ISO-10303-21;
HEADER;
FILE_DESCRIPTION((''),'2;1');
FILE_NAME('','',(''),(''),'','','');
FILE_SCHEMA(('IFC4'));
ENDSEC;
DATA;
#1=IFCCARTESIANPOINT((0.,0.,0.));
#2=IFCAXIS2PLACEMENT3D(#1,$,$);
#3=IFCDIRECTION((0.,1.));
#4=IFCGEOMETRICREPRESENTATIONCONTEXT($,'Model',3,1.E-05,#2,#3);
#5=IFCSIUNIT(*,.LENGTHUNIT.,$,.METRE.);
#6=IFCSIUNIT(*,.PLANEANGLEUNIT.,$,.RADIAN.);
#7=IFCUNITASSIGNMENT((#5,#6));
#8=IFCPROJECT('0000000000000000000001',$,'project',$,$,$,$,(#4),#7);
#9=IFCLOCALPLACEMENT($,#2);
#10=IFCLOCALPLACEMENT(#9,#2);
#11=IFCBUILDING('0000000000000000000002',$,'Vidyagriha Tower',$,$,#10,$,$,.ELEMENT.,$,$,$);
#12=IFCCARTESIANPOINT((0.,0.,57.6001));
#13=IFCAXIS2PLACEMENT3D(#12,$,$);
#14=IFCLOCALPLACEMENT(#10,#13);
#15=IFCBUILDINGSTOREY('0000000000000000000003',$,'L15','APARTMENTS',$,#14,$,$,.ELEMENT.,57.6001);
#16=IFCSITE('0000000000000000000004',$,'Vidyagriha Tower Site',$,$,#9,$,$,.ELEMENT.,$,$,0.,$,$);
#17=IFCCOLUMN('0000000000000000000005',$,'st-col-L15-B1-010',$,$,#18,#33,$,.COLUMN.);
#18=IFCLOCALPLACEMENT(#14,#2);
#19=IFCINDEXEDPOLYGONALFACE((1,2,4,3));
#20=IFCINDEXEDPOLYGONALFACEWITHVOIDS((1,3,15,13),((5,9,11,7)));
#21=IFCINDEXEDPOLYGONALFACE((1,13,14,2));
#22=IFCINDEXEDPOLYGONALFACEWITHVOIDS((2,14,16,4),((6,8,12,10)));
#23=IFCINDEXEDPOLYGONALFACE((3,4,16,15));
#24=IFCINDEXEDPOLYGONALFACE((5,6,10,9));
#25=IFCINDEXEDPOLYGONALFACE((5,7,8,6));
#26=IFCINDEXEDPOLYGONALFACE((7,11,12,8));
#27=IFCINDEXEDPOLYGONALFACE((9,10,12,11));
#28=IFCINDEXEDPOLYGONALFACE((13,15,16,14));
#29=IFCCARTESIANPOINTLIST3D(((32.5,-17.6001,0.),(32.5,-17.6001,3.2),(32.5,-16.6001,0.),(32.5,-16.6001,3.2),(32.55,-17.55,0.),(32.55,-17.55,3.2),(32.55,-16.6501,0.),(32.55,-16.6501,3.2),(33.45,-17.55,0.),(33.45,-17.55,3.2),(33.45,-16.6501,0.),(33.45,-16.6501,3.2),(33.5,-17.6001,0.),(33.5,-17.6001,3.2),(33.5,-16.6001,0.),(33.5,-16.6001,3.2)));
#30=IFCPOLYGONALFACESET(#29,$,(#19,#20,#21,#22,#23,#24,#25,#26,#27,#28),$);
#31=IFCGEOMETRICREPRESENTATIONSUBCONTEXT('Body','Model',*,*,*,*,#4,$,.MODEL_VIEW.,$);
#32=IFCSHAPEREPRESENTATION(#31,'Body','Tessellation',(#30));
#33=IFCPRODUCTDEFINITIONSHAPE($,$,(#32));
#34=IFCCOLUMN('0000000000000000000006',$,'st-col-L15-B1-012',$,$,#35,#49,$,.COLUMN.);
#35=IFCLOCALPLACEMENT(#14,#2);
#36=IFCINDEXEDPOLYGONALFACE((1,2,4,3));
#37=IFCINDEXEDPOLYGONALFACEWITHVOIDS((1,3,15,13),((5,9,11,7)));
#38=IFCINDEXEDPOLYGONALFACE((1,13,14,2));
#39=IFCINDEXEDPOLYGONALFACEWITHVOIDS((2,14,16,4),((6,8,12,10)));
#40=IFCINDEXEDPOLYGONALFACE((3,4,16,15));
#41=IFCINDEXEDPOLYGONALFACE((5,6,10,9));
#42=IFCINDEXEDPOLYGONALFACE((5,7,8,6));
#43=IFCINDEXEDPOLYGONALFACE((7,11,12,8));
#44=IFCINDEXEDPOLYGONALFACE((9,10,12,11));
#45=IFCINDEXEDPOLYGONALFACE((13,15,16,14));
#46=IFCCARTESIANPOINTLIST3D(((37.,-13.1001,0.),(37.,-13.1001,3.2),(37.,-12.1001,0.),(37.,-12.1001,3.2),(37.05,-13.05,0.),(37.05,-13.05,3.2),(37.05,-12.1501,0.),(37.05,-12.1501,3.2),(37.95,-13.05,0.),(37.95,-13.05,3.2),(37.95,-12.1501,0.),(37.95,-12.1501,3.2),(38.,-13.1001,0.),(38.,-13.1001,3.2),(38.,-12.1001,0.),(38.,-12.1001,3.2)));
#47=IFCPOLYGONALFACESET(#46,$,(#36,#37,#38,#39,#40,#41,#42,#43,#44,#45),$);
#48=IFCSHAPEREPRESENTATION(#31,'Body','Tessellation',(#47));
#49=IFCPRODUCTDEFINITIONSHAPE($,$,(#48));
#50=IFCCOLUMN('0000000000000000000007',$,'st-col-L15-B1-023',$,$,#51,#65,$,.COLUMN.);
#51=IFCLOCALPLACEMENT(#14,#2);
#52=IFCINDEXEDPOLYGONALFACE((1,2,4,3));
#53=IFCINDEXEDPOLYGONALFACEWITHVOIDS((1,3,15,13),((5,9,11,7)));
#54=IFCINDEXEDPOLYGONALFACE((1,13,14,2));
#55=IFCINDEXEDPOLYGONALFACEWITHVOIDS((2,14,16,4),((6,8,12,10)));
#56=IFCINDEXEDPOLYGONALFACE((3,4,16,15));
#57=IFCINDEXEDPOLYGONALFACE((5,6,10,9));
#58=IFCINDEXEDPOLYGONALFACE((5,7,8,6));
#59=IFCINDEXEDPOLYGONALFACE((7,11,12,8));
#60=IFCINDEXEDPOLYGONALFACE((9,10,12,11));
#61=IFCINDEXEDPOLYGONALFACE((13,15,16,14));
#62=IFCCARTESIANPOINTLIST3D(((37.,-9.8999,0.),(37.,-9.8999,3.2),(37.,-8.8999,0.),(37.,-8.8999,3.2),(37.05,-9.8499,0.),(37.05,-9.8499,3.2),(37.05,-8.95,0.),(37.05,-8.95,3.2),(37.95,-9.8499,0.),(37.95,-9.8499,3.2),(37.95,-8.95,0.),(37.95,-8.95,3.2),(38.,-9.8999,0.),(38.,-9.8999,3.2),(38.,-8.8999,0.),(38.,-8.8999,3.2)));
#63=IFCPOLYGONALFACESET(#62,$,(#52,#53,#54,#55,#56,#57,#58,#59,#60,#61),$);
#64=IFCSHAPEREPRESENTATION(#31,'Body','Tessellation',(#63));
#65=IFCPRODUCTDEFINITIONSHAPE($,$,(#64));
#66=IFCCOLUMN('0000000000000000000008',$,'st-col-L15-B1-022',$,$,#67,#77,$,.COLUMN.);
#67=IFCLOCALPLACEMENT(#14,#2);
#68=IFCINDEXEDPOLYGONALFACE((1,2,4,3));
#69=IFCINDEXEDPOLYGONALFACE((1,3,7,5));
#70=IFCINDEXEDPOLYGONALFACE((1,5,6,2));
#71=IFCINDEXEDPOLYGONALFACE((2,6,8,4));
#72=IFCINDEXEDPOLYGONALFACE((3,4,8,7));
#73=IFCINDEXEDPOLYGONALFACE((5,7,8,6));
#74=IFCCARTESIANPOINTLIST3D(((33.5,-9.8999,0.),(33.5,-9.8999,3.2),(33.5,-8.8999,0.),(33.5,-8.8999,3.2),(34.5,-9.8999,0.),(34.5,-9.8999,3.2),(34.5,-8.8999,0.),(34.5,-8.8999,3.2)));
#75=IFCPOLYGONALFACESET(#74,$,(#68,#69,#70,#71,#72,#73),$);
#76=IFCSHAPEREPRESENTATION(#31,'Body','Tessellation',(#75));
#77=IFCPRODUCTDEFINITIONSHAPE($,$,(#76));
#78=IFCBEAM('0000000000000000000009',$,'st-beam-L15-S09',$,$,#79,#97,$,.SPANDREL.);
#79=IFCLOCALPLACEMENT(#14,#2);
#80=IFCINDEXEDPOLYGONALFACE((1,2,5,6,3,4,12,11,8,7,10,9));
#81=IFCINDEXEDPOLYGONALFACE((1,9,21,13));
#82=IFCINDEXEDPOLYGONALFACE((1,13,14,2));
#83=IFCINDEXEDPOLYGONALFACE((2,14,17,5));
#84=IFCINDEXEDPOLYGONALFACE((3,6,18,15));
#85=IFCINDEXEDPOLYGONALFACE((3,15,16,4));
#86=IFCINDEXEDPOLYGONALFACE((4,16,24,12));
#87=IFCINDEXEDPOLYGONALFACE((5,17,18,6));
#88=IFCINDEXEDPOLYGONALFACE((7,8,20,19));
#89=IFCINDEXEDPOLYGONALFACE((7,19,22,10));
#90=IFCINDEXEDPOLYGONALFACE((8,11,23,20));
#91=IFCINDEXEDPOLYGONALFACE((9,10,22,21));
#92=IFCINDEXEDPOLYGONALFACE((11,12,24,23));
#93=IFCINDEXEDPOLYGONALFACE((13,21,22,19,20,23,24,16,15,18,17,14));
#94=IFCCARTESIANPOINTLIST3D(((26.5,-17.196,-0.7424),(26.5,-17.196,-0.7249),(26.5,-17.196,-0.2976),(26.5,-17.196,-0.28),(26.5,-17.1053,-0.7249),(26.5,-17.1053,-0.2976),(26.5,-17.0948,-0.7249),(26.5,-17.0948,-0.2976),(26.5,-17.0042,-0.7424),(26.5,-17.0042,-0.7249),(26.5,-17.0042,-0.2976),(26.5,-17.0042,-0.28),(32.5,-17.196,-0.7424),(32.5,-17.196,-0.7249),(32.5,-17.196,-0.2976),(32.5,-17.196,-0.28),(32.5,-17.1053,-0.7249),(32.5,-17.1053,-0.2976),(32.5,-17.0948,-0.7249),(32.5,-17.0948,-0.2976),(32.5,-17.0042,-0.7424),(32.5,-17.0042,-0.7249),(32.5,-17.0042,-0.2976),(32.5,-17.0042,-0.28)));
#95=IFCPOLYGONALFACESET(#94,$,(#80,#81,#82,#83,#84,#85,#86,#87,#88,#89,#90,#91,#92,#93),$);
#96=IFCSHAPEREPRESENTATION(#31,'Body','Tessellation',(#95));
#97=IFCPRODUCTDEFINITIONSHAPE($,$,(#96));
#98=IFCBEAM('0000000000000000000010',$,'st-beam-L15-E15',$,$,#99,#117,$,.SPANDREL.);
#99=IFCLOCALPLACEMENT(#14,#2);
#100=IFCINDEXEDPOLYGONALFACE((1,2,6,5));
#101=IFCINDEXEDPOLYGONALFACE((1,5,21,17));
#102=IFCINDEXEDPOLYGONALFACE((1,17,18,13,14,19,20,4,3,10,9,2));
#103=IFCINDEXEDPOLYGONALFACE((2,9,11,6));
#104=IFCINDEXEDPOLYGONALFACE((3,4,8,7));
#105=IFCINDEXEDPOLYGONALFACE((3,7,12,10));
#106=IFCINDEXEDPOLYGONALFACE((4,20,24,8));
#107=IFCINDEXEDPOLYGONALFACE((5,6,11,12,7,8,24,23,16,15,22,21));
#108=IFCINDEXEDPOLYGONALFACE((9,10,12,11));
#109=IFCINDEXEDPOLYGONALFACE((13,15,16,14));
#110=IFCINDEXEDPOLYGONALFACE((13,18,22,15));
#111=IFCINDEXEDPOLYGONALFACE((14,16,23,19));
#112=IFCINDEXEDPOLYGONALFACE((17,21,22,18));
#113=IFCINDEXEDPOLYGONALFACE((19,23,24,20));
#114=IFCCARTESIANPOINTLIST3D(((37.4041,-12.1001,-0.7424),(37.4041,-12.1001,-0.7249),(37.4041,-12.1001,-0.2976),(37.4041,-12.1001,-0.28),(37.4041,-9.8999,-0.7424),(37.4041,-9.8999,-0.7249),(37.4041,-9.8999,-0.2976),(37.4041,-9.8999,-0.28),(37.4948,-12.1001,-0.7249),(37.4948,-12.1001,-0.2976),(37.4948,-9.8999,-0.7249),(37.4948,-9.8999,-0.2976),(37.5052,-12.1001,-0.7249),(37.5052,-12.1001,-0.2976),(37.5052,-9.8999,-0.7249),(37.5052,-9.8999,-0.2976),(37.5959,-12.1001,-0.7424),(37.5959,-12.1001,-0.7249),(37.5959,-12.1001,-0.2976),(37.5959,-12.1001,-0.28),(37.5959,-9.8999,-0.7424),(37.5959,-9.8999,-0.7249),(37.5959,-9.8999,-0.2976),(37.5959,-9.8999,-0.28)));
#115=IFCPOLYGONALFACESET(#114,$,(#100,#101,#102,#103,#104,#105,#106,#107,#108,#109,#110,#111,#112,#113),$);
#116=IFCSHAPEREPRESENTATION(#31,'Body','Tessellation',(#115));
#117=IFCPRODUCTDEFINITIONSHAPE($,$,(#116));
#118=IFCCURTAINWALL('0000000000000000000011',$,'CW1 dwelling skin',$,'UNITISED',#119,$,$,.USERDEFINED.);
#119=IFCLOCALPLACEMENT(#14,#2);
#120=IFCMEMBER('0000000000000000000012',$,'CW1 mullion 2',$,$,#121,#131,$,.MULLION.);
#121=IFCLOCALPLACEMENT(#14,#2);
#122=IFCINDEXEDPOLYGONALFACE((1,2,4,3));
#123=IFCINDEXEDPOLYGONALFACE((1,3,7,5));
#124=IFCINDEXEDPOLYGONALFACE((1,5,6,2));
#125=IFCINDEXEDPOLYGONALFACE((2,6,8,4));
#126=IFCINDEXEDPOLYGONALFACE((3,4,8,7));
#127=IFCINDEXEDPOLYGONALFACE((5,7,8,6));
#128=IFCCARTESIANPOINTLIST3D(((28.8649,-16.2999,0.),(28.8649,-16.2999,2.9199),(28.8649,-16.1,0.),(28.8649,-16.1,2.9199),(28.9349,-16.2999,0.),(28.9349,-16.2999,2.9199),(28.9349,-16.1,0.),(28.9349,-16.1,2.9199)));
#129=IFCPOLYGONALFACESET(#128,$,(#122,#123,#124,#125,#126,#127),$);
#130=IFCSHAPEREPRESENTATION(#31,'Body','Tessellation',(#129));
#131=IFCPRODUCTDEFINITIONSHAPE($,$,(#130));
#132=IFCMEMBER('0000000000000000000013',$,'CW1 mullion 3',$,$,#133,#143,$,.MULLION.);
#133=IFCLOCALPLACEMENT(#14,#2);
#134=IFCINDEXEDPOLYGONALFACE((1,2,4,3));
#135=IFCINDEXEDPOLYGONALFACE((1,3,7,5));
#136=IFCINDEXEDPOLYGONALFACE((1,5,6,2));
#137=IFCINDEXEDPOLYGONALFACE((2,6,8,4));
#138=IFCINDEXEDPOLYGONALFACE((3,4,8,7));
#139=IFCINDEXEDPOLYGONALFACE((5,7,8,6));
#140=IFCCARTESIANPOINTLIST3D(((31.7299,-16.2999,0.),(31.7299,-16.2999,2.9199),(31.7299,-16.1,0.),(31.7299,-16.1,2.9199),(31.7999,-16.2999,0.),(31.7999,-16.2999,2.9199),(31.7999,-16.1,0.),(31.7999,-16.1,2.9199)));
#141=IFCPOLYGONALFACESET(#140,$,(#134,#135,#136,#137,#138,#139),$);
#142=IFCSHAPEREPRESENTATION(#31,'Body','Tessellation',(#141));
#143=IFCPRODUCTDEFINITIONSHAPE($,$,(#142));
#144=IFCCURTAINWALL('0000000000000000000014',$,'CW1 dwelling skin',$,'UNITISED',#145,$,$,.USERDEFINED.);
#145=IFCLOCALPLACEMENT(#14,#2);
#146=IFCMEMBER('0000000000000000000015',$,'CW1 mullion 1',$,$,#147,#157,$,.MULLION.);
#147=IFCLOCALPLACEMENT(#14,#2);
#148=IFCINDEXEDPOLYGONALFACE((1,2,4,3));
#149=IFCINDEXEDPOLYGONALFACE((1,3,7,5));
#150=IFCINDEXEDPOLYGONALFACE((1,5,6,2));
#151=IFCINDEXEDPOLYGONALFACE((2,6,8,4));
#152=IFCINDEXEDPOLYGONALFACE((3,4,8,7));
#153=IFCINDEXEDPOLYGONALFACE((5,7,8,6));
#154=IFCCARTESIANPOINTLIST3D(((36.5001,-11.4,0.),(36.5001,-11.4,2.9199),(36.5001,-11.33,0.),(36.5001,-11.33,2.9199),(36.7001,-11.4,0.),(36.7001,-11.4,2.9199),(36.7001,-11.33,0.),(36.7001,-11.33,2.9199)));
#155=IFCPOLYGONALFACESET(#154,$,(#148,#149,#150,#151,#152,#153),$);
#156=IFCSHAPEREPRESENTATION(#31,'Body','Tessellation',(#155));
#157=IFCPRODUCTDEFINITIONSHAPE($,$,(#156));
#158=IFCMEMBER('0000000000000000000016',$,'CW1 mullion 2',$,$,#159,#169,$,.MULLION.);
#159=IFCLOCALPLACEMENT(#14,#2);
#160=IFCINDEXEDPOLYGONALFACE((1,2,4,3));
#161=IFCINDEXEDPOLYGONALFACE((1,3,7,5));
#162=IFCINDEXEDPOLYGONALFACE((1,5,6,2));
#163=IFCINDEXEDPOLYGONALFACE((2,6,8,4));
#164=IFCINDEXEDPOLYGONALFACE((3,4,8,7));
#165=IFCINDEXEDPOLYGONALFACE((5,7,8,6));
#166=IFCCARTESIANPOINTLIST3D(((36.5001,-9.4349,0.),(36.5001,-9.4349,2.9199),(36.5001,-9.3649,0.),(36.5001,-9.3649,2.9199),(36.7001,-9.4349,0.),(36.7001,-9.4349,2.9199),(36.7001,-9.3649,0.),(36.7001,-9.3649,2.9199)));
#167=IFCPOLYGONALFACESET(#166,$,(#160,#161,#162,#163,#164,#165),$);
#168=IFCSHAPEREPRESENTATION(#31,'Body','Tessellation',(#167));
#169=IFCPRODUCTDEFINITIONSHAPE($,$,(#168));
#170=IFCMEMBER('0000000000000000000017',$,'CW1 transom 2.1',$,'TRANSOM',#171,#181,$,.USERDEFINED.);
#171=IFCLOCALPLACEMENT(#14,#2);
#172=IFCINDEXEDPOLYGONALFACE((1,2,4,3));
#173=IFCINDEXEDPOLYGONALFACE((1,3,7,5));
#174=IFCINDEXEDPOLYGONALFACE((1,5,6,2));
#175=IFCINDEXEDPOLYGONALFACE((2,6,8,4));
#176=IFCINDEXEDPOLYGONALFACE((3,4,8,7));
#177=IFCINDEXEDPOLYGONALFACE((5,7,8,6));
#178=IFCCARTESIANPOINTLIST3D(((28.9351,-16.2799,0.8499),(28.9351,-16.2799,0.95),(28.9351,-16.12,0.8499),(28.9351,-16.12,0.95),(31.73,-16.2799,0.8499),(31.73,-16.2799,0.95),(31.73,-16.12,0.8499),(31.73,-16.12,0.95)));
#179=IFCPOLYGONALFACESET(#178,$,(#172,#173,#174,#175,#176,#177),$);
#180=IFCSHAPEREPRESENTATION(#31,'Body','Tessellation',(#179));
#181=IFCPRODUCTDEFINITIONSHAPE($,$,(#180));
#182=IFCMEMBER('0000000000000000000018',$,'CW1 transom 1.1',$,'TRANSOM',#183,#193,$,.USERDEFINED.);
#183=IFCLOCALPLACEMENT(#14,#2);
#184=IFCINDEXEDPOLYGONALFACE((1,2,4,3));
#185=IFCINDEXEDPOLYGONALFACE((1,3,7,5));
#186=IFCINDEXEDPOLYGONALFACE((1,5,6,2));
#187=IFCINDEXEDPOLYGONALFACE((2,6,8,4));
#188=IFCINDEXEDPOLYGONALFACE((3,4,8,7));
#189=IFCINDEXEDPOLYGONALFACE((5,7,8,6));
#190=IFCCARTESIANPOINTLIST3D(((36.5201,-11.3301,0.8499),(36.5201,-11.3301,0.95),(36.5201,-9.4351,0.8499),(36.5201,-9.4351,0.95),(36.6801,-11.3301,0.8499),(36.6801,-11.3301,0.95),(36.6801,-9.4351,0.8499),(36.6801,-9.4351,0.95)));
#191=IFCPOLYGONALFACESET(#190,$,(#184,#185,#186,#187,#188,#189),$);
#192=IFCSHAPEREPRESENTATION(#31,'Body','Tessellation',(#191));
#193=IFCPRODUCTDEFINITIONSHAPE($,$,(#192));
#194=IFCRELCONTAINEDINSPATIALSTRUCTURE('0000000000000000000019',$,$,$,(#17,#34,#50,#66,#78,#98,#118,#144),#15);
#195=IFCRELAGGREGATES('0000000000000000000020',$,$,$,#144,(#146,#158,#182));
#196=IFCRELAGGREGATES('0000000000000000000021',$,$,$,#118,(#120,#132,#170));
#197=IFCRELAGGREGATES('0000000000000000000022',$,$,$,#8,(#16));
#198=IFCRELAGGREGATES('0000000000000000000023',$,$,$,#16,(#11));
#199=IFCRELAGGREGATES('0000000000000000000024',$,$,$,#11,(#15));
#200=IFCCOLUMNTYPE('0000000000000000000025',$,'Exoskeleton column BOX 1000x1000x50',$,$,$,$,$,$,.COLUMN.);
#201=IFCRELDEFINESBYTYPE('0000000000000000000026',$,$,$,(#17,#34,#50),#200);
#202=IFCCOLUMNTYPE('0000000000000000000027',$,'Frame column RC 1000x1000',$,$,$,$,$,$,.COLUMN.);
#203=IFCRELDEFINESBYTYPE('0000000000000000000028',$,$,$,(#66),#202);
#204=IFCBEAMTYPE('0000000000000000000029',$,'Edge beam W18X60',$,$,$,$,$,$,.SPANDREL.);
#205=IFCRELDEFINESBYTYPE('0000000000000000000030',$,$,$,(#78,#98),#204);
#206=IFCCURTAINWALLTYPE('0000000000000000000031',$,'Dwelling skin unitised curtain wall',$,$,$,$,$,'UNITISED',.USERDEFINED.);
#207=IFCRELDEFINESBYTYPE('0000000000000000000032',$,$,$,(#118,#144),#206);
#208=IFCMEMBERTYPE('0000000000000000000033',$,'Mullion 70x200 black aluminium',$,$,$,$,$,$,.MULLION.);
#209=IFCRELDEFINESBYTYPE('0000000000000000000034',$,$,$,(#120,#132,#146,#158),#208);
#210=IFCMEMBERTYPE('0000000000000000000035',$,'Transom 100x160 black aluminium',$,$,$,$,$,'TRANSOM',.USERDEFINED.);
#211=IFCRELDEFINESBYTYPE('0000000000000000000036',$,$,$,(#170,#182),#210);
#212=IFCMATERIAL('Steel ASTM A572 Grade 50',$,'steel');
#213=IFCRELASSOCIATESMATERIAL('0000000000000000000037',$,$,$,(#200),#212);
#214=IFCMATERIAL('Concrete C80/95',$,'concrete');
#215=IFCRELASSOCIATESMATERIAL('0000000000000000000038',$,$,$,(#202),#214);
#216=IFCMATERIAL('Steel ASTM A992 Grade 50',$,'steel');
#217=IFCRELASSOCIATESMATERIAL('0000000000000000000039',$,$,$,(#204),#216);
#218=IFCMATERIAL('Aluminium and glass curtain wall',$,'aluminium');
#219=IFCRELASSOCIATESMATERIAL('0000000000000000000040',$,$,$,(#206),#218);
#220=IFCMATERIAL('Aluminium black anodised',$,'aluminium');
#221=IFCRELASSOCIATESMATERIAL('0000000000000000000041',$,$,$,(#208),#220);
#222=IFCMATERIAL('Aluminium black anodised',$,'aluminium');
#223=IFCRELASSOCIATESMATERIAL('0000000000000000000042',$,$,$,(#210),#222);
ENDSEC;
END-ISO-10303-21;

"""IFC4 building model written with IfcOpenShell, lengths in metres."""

from ifc_helpers import new_model, si_unit, direction, frame, origin, origin_2d, place, context, subcontext, project, spatial, rectangle, hollow_rectangle, i_section, extrude, material, material_profile, profile_set, type_object, element, aggregate, save


model = new_model("IFC4")

# Units and contexts
model_context = context("Model", 3, precision=1e-05, world=origin(), true_north=direction((0.0, 1.0)))
body_context = subcontext(model_context, "Body", "Model", "MODEL_VIEW")
ifc_project = project(units=[si_unit("LENGTHUNIT", "METRE"), si_unit("PLANEANGLEUNIT", "RADIAN")], contexts=[model_context])

# Site, building, storey
site_placement = place(None, origin())
site = spatial("IfcSite", under=ifc_project, at=site_placement, Name="Vidyagriha Tower Site", CompositionType="ELEMENT", RefElevation=0.0)
building_placement = place(site_placement, origin())
building = spatial("IfcBuilding", under=site, at=building_placement, Name="Vidyagriha Tower", CompositionType="ELEMENT")
storey_placement = place(building_placement, frame((0.0, 0.0, 57.6001)))
storey = spatial("IfcBuildingStorey", under=building, at=storey_placement, Name="L15", Description="APARTMENTS", CompositionType="ELEMENT", Elevation=57.6001)

# Columns
ifc_material_1 = material(Name="Steel ASTM A572 Grade 50", Category="steel")
ifc_material_profile_1 = material_profile(ifc_material_1, hollow_rectangle(XDim=1.0, YDim=1.0, WallThickness=0.05, at=origin_2d()), Name="BOX 1000x1000x50")
ifc_profile_set_1 = profile_set([ifc_material_profile_1], Name="Steel ASTM A572 Grade 50")
column_type_1 = type_object("IfcColumnType", Name="Exoskeleton column BOX 1000x1000x50", PredefinedType="COLUMN", material=ifc_profile_set_1)
for number, where, name in (
    (1, (33.0, -17.1001, 0.0), "st-col-L15-B1-010"),
    (2, (37.5, -12.6001, 0.0), "st-col-L15-B1-012"),
    (3, (37.5, -9.3999, 0.0), "st-col-L15-B1-023"),
):
    element("IfcColumn", number, at=place(storey_placement, frame(where)), inside=storey, type_object=column_type_1, Name=name, PredefinedType="COLUMN", context=body_context, shape_type="SweptSolid", body=[
        extrude(hollow_rectangle(XDim=1.0, YDim=1.0, WallThickness=0.05, at=origin_2d()), origin(), (0.0, 0.0, 1.0), 3.2),
    ])
ifc_material_2 = material(Name="Concrete C80/95", Category="concrete")
ifc_material_profile_2 = material_profile(ifc_material_2, rectangle(XDim=1.0, YDim=1.0, at=origin_2d()), Name="RC 1000x1000")
ifc_profile_set_2 = profile_set([ifc_material_profile_2], Name="Concrete C80/95")
column_type_2 = type_object("IfcColumnType", Name="Frame column RC 1000x1000", PredefinedType="COLUMN", material=ifc_profile_set_2)
column_placement = place(storey_placement, frame((34.0, -9.3999, 0.0)))
element("IfcColumn", 4, at=column_placement, inside=storey, type_object=column_type_2, Name="st-col-L15-B1-022", PredefinedType="COLUMN", context=body_context, shape_type="SweptSolid", body=[
    extrude(rectangle(XDim=1.0, YDim=1.0, at=origin_2d()), origin(), (0.0, 0.0, 1.0), 3.2),
])

# Beams
ifc_material_3 = material(Name="Steel ASTM A992 Grade 50", Category="steel")
ifc_material_profile_3 = material_profile(ifc_material_3, i_section(OverallWidth=0.1919, OverallDepth=0.4624, WebThickness=0.0105, FlangeThickness=0.0176, at=origin_2d()), Name="W18X60")
ifc_profile_set_3 = profile_set([ifc_material_profile_3], Name="Steel ASTM A992 Grade 50")
beam_type = type_object("IfcBeamType", Name="Edge beam W18X60", PredefinedType="SPANDREL", material=ifc_profile_set_3)
beam_1_placement = place(storey_placement, frame((26.5, -17.1001, -0.5112), z_axis=(1.0, 0.0, 0.0), x_axis=(0.0, 1.0, 0.0)))
element("IfcBeam", 5, at=beam_1_placement, inside=storey, type_object=beam_type, Name="st-beam-L15-S09", PredefinedType="SPANDREL", context=body_context, shape_type="SweptSolid", body=[
    extrude(i_section(OverallWidth=0.1919, OverallDepth=0.4624, WebThickness=0.0105, FlangeThickness=0.0176, at=origin_2d()), origin(), (0.0, 0.0, 1.0), 6.0),
])
beam_2_placement = place(storey_placement, frame((37.5, -12.1001, -0.5112), z_axis=(0.0, 1.0, 0.0), x_axis=(-1.0, 0.0, 0.0)))
element("IfcBeam", 6, at=beam_2_placement, inside=storey, type_object=beam_type, Name="st-beam-L15-E15", PredefinedType="SPANDREL", context=body_context, shape_type="SweptSolid", body=[
    extrude(i_section(OverallWidth=0.1919, OverallDepth=0.4624, WebThickness=0.0105, FlangeThickness=0.0176, at=origin_2d()), origin(), (0.0, 0.0, 1.0), 2.2002),
])

# Curtain walls, members
ifc_material_4 = material(Name="Aluminium and glass curtain wall", Category="aluminium")
curtain_wall_type = type_object("IfcCurtainWallType", Name="Dwelling skin unitised curtain wall", ElementType="UNITISED", PredefinedType="USERDEFINED", material=ifc_material_4)
curtain_wall_1_placement = place(storey_placement, origin())
curtain_wall_1 = element("IfcCurtainWall", 7, at=curtain_wall_1_placement, inside=storey, type_object=curtain_wall_type, Name="CW1 dwelling skin", ObjectType="UNITISED", PredefinedType="USERDEFINED")
ifc_material_5 = material(Name="Aluminium black anodised", Category="aluminium")
ifc_material_profile_4 = material_profile(ifc_material_5, rectangle(XDim=0.2, YDim=0.0701, at=origin_2d()), Name="Mullion 70x200 black aluminium")
ifc_profile_set_4 = profile_set([ifc_material_profile_4], Name="Aluminium black anodised")
member_type_1 = type_object("IfcMemberType", Name="Mullion 70x200 black aluminium", PredefinedType="MULLION", material=ifc_profile_set_4)
member_1_placement = place(storey_placement, frame((28.8999, -16.2, 0.0), z_axis=(0.0, 0.0, 1.0), x_axis=(0.0, 1.0, 0.0)))
member_1 = element("IfcMember", 8, at=member_1_placement, type_object=member_type_1, Name="CW1 mullion 2", PredefinedType="MULLION", context=body_context, shape_type="SweptSolid", body=[
    extrude(rectangle(XDim=0.2, YDim=0.0701, at=origin_2d()), origin(), (0.0, 0.0, 1.0), 2.9199),
])
member_2_placement = place(storey_placement, frame((31.7649, -16.2, 0.0), z_axis=(0.0, 0.0, 1.0), x_axis=(0.0, 1.0, 0.0)))
member_2 = element("IfcMember", 9, at=member_2_placement, type_object=member_type_1, Name="CW1 mullion 3", PredefinedType="MULLION", context=body_context, shape_type="SweptSolid", body=[
    extrude(rectangle(XDim=0.2, YDim=0.0701, at=origin_2d()), origin(), (0.0, 0.0, 1.0), 2.9199),
])
curtain_wall_2_placement = place(storey_placement, origin())
curtain_wall_2 = element("IfcCurtainWall", 10, at=curtain_wall_2_placement, inside=storey, type_object=curtain_wall_type, Name="CW1 dwelling skin", ObjectType="UNITISED", PredefinedType="USERDEFINED")
member_3_placement = place(storey_placement, frame((36.6001, -11.365, 0.0), z_axis=(0.0, 0.0, 1.0), x_axis=(-1.0, 0.0, 0.0)))
member_3 = element("IfcMember", 11, at=member_3_placement, type_object=member_type_1, Name="CW1 mullion 1", PredefinedType="MULLION", context=body_context, shape_type="SweptSolid", body=[
    extrude(rectangle(XDim=0.2, YDim=0.0701, at=origin_2d()), origin(), (0.0, 0.0, 1.0), 2.9199),
])
member_4_placement = place(storey_placement, frame((36.6001, -9.3999, 0.0), z_axis=(0.0, 0.0, 1.0), x_axis=(-1.0, 0.0, 0.0)))
member_4 = element("IfcMember", 12, at=member_4_placement, type_object=member_type_1, Name="CW1 mullion 2", PredefinedType="MULLION", context=body_context, shape_type="SweptSolid", body=[
    extrude(rectangle(XDim=0.2, YDim=0.0701, at=origin_2d()), origin(), (0.0, 0.0, 1.0), 2.9199),
])

# Members
ifc_material_6 = material(Name="Aluminium black anodised", Category="aluminium")
ifc_material_profile_5 = material_profile(ifc_material_6, rectangle(XDim=0.1599, YDim=0.1001, at=origin_2d()), Name="Transom 100x160 black aluminium")
ifc_profile_set_5 = profile_set([ifc_material_profile_5], Name="Aluminium black anodised")
member_type_2 = type_object("IfcMemberType", Name="Transom 100x160 black aluminium", ElementType="TRANSOM", PredefinedType="USERDEFINED", material=ifc_profile_set_5)
member_5_placement = place(storey_placement, frame((28.9351, -16.2, 0.8999), z_axis=(1.0, 0.0, 0.0), x_axis=(0.0, 1.0, 0.0)))
member_5 = element("IfcMember", 13, at=member_5_placement, type_object=member_type_2, Name="CW1 transom 2.1", ObjectType="TRANSOM", PredefinedType="USERDEFINED", context=body_context, shape_type="SweptSolid", body=[
    extrude(rectangle(XDim=0.1599, YDim=0.1001, at=origin_2d()), origin(), (0.0, 0.0, 1.0), 2.7949),
])
member_6_placement = place(storey_placement, frame((36.6001, -11.3301, 0.8999), z_axis=(0.0, 1.0, 0.0), x_axis=(-1.0, 0.0, 0.0)))
member_6 = element("IfcMember", 14, at=member_6_placement, type_object=member_type_2, Name="CW1 transom 1.1", ObjectType="TRANSOM", PredefinedType="USERDEFINED", context=body_context, shape_type="SweptSolid", body=[
    extrude(rectangle(XDim=0.1599, YDim=0.1001, at=origin_2d()), origin(), (0.0, 0.0, 1.0), 1.895),
])

aggregate(curtain_wall_2, [member_3, member_4, member_6])
aggregate(curtain_wall_1, [member_1, member_2, member_5])

save(model, "model.ifc")
